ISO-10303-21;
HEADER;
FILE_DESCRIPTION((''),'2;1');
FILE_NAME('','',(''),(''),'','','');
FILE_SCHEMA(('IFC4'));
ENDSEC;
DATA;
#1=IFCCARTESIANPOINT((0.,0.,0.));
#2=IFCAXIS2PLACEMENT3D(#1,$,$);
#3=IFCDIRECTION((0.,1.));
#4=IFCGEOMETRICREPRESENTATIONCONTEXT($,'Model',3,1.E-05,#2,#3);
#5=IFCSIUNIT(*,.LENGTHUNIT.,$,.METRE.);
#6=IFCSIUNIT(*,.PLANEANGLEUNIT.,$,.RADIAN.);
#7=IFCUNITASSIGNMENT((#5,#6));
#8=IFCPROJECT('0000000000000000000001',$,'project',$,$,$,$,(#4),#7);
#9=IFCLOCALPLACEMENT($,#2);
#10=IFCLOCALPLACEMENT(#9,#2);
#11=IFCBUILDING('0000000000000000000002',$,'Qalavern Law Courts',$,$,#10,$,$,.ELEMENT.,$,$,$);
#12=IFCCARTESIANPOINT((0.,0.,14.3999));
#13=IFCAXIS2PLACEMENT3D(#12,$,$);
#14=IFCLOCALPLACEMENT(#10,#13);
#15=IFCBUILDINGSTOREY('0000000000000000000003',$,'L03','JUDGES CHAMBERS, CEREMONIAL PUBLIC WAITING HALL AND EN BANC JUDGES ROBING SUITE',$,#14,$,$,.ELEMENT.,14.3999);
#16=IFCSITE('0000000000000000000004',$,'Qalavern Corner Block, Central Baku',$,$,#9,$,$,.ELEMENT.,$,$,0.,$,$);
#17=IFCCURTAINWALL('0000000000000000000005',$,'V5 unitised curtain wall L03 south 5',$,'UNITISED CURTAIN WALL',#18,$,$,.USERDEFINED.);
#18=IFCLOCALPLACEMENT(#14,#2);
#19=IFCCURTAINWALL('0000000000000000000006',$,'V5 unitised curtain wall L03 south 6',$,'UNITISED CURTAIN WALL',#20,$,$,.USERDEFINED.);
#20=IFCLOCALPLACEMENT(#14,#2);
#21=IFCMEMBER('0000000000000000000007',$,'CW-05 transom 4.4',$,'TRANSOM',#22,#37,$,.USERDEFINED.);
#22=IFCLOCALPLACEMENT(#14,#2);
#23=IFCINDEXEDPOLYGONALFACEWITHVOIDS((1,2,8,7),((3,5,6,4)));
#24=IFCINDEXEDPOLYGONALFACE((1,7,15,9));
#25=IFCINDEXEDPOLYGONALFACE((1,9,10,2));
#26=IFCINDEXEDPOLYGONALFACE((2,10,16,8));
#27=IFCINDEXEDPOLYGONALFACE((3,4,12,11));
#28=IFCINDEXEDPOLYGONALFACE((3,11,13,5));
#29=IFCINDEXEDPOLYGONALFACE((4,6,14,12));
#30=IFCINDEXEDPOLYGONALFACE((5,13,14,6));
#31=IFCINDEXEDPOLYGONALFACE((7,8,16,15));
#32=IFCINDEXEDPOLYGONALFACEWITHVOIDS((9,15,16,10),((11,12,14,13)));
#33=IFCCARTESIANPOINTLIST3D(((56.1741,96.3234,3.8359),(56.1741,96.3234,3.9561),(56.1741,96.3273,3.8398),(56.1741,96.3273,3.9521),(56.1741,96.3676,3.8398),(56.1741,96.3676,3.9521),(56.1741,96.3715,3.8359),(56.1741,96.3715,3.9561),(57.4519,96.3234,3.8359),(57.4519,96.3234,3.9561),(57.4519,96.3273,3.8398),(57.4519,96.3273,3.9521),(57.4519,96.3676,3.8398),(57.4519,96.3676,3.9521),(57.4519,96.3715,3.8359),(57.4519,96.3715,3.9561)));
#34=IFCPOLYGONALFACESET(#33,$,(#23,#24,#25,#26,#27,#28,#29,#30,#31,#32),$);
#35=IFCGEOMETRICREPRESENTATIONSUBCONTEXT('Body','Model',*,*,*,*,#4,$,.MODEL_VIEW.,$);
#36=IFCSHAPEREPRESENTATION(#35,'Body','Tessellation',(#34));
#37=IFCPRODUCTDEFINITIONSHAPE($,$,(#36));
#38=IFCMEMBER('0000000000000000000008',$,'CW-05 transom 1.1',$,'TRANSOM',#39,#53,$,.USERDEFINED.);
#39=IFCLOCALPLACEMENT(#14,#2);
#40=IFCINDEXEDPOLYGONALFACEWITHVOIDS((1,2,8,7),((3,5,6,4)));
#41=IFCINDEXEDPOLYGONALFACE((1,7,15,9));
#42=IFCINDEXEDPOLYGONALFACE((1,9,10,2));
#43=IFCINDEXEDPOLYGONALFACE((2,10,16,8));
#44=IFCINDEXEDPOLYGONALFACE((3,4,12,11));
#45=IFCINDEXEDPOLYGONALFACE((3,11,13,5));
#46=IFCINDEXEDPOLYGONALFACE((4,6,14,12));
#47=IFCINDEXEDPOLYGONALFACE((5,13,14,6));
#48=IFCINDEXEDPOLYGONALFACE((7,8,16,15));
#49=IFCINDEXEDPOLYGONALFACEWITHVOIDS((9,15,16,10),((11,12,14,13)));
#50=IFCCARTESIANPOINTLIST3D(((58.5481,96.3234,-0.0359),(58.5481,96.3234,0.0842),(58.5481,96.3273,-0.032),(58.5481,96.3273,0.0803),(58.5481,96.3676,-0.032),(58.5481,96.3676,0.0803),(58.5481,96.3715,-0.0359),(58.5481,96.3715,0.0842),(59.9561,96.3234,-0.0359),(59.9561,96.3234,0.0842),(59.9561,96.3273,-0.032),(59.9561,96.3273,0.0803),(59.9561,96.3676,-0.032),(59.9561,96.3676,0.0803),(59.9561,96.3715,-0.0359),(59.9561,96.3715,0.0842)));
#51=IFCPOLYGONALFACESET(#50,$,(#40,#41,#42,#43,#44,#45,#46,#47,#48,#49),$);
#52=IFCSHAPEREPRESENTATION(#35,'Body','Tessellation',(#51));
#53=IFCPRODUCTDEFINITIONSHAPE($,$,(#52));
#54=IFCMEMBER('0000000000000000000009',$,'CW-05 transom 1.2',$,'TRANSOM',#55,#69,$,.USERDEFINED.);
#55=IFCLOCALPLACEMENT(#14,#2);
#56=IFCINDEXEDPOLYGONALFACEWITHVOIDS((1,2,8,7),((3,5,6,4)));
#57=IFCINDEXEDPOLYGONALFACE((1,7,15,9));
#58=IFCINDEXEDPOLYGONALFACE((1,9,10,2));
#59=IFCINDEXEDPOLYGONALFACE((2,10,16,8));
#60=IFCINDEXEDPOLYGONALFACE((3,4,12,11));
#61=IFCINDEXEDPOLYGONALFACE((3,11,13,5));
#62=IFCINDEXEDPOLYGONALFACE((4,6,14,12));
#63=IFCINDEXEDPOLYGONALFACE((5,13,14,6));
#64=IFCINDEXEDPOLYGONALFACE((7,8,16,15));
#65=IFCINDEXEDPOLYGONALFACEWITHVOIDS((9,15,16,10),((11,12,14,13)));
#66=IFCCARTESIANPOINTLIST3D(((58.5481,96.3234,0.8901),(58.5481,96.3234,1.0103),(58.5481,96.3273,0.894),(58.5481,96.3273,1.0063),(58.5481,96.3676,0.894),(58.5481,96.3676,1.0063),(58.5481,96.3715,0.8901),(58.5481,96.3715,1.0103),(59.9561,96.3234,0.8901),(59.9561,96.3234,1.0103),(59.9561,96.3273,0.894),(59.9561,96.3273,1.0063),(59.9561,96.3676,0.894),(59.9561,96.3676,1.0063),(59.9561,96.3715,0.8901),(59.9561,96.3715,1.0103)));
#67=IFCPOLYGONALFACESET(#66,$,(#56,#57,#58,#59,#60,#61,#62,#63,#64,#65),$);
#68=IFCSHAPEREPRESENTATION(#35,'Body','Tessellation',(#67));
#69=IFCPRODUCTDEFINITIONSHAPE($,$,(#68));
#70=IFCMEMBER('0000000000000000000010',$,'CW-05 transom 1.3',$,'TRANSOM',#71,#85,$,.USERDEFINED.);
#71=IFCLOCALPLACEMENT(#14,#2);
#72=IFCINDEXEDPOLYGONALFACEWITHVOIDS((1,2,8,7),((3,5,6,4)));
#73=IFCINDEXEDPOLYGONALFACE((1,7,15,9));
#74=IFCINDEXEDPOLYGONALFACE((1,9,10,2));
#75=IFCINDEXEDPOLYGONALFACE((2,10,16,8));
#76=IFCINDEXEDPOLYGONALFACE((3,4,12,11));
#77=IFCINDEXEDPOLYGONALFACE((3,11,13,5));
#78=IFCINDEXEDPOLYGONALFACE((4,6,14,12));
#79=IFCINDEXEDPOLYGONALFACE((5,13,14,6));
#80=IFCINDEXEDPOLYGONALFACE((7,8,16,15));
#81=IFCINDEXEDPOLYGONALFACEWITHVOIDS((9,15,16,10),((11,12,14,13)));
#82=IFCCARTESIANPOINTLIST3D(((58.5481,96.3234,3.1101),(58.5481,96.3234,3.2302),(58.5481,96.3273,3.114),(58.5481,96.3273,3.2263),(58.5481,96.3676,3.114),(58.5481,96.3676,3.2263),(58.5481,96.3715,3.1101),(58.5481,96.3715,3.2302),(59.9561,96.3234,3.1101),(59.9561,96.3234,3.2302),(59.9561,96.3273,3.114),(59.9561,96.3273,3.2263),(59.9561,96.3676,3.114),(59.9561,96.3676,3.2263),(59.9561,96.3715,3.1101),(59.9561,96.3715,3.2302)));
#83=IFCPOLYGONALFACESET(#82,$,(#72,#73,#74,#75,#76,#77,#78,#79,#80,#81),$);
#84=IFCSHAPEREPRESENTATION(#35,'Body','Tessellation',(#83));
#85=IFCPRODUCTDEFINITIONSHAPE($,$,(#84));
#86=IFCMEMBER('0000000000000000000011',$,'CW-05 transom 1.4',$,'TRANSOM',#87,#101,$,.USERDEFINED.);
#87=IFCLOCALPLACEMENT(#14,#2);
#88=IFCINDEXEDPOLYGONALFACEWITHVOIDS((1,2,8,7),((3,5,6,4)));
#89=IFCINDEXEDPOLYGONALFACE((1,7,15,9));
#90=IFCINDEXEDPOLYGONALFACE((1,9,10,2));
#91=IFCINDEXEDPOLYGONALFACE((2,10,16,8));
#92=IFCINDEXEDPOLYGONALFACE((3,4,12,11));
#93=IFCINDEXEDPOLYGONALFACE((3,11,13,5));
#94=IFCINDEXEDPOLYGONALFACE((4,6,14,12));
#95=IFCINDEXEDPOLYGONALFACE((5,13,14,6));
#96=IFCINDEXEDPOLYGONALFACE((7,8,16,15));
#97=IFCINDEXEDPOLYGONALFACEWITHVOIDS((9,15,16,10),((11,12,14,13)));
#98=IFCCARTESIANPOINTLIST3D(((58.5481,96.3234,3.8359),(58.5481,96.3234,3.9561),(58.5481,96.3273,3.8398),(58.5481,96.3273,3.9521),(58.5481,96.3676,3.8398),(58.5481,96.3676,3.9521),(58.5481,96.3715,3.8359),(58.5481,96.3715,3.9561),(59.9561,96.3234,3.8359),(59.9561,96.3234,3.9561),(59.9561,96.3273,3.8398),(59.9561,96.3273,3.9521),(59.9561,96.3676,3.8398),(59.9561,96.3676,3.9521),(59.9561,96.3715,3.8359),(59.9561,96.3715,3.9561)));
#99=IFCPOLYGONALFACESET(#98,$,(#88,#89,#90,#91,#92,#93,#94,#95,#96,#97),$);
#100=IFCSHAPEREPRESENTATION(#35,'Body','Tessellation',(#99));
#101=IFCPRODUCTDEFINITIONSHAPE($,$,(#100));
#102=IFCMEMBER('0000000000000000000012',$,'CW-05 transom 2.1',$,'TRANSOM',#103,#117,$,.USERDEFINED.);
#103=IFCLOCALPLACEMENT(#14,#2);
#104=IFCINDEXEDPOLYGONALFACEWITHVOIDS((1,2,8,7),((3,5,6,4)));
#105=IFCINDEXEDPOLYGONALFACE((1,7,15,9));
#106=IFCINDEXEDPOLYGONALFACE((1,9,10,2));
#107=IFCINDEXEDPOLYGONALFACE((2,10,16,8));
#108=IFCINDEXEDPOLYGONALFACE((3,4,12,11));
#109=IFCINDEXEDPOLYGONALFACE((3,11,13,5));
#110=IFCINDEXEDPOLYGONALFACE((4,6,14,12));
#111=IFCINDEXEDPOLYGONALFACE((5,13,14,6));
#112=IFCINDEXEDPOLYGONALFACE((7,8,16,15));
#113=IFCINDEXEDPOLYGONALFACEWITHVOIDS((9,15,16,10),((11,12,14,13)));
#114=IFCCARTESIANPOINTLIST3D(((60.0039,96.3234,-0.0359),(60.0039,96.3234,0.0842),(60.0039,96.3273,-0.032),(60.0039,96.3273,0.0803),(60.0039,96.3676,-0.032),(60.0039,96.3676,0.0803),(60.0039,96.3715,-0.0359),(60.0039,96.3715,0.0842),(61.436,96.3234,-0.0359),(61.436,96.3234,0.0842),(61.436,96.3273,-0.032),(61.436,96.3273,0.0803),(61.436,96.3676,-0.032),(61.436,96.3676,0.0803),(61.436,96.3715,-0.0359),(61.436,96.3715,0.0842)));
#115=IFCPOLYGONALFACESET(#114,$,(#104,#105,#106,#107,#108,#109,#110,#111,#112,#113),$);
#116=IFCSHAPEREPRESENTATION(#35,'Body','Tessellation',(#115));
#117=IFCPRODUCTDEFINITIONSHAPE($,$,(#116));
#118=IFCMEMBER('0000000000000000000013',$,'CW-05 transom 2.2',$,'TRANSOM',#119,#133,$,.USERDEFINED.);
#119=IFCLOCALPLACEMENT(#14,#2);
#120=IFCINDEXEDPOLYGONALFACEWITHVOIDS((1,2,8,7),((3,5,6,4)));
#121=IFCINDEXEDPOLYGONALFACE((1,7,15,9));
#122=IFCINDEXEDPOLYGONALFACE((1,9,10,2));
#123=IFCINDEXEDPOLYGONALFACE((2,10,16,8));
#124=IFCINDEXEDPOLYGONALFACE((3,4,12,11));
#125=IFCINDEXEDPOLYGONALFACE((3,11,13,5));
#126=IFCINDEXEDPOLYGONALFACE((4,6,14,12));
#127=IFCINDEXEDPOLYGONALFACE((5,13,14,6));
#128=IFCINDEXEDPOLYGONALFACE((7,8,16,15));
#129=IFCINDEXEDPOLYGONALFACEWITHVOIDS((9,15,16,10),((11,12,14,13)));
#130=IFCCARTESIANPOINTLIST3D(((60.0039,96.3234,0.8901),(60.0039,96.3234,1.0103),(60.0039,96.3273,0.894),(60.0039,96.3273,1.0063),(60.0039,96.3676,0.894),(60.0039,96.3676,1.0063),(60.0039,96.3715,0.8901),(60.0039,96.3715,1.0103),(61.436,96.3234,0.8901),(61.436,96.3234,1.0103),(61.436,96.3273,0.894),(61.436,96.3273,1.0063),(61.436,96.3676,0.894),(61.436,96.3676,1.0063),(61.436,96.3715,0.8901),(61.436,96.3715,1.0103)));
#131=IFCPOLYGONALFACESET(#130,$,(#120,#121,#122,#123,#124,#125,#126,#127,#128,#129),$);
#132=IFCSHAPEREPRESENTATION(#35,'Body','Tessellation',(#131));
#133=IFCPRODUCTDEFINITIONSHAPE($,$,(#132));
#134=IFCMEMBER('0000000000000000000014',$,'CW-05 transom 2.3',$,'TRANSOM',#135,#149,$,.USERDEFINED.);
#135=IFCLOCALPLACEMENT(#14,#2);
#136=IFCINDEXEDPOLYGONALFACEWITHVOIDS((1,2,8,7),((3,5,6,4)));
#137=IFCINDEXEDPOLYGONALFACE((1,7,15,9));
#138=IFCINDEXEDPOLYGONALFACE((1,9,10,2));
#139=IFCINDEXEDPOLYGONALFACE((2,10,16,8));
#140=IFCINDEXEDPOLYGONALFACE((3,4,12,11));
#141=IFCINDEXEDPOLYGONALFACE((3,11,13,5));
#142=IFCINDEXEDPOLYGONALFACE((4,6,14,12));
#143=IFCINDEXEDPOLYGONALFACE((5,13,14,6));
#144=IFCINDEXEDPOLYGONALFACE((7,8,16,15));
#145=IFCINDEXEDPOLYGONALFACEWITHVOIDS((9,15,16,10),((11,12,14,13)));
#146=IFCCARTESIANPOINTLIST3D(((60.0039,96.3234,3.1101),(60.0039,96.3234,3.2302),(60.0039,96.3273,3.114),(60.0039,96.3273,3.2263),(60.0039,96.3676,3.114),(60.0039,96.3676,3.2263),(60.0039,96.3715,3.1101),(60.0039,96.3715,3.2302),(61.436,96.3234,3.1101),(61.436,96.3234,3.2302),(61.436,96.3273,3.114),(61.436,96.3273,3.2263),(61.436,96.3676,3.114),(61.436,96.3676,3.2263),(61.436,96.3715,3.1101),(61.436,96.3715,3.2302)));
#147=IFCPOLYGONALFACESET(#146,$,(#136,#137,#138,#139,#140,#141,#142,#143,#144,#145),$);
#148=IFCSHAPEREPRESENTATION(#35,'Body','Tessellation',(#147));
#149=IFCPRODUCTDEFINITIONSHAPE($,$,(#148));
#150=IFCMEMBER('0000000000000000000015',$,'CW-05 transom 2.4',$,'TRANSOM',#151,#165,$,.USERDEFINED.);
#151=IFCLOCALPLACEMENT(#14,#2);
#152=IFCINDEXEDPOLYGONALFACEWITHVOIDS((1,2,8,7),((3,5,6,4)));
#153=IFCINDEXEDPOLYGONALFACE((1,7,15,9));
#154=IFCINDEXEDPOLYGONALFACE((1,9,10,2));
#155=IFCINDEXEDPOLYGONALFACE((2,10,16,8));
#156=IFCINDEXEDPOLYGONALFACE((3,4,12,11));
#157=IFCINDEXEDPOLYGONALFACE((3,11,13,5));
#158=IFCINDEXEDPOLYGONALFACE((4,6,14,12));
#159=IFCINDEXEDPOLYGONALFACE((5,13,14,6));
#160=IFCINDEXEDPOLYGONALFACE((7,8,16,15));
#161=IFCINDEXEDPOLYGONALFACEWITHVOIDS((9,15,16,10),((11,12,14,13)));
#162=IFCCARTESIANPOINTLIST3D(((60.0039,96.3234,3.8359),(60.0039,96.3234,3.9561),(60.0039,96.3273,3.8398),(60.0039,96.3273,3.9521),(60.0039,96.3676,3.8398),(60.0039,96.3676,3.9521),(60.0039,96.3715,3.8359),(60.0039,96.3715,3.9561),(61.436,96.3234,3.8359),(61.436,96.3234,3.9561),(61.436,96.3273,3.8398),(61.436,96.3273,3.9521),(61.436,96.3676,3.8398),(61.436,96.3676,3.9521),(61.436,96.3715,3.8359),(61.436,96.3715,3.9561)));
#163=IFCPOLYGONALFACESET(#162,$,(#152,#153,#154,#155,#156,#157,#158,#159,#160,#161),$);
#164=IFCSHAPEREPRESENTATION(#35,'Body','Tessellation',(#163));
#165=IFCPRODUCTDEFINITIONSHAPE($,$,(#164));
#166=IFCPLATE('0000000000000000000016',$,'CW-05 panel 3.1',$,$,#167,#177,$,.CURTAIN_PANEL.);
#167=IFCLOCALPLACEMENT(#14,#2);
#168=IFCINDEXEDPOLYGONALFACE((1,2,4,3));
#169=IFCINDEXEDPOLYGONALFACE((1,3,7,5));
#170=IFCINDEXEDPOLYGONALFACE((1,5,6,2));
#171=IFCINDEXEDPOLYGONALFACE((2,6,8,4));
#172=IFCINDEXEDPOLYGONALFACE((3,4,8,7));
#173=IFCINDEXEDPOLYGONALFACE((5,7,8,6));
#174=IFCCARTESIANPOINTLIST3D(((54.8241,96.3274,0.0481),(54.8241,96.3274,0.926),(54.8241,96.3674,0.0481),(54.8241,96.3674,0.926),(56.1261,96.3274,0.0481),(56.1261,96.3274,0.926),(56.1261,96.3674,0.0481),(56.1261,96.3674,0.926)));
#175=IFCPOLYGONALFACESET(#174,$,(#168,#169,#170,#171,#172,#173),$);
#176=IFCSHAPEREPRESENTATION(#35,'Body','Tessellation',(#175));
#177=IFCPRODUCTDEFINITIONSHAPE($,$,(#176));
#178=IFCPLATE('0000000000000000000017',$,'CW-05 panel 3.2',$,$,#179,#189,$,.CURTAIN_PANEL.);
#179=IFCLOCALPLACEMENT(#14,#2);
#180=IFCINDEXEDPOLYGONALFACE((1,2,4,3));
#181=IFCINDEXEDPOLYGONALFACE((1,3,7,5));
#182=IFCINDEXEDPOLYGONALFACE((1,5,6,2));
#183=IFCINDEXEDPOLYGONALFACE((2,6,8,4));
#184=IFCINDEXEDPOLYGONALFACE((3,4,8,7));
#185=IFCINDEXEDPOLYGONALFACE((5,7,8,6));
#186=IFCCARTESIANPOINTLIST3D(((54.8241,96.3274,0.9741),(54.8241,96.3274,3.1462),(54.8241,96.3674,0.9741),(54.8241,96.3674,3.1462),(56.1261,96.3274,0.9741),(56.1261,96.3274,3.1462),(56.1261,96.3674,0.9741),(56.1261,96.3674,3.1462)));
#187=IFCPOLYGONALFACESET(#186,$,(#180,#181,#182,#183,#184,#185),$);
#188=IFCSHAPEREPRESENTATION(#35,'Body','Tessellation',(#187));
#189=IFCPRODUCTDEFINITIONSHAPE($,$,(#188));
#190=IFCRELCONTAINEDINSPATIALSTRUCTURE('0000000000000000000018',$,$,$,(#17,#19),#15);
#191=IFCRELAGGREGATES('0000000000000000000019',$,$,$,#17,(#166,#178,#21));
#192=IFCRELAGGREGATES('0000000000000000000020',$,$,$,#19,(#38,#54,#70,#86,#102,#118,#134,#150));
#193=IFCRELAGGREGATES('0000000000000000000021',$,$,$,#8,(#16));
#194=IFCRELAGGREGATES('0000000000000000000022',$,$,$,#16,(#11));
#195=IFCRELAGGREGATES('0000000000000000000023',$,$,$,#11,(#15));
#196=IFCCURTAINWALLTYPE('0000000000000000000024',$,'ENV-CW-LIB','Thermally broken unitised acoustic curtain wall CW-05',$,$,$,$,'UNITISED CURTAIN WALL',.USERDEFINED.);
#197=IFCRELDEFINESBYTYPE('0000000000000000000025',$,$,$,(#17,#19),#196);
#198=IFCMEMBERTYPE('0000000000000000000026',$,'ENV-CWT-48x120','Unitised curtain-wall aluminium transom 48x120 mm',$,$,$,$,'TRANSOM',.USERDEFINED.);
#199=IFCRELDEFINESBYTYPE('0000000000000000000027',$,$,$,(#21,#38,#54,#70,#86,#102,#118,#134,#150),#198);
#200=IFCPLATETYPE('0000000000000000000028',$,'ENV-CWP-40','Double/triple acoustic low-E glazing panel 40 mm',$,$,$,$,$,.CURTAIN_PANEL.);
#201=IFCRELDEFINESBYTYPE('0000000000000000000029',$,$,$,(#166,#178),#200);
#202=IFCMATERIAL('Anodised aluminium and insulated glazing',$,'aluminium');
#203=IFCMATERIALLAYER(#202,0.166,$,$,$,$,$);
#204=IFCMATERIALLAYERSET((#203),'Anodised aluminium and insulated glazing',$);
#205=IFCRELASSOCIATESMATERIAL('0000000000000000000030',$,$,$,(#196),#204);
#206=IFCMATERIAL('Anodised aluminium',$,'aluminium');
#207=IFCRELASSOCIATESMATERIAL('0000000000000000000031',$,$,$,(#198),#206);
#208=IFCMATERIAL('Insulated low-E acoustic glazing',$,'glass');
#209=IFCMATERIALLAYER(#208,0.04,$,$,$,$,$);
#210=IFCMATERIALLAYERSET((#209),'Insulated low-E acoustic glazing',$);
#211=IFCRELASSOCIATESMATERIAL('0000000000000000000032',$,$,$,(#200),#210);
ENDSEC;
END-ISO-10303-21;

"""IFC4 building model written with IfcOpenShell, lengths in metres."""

from ifc_helpers import new_model, si_unit, direction, frame, origin, origin_2d, place, context, subcontext, project, spatial, rectangle, hollow_rectangle, extrude, material, layer, layer_set, material_profile, profile_set, type_object, element, aggregate, save


model = new_model("IFC4")

# Units and contexts
model_context = context("Model", 3, precision=1e-05, world=origin(), true_north=direction((0.0, 1.0)))
body_context = subcontext(model_context, "Body", "Model", "MODEL_VIEW")
ifc_project = project(units=[si_unit("LENGTHUNIT", "METRE"), si_unit("PLANEANGLEUNIT", "RADIAN")], contexts=[model_context])

# Site, building, storey
site_placement = place(None, origin())
site = spatial("IfcSite", under=ifc_project, at=site_placement, Name="Qalavern Corner Block, Central Baku", CompositionType="ELEMENT", RefElevation=0.0)
building_placement = place(site_placement, origin())
building = spatial("IfcBuilding", under=site, at=building_placement, Name="Qalavern Law Courts", CompositionType="ELEMENT")
storey_placement = place(building_placement, frame((0.0, 0.0, 14.3999)))
storey = spatial("IfcBuildingStorey", under=building, at=storey_placement, Name="L03", Description="JUDGES CHAMBERS, CEREMONIAL PUBLIC WAITING HALL AND EN BANC JUDGES ROBING SUITE", CompositionType="ELEMENT", Elevation=14.3999)

# Curtain walls
ifc_material_1 = material(Name="Anodised aluminium and insulated glazing", Category="aluminium")
ifc_layer_1 = layer(ifc_material_1, 0.166)
ifc_layer_set_1 = layer_set([ifc_layer_1], Name="Anodised aluminium and insulated glazing")
curtain_wall_type = type_object("IfcCurtainWallType", Name="ENV-CW-LIB", Description="Thermally broken unitised acoustic curtain wall CW-05", ElementType="UNITISED CURTAIN WALL", PredefinedType="USERDEFINED", material=ifc_layer_set_1)
curtain_wall_1_placement = place(storey_placement, origin())
curtain_wall_1 = element("IfcCurtainWall", 1, at=curtain_wall_1_placement, inside=storey, type_object=curtain_wall_type, Name="V5 unitised curtain wall L03 south 5", ObjectType="UNITISED CURTAIN WALL", PredefinedType="USERDEFINED")
ifc_material_2 = material(Name="Anodised aluminium", Category="aluminium")
curtain_wall_2_placement = place(storey_placement, origin())
curtain_wall_2 = element("IfcCurtainWall", 2, at=curtain_wall_2_placement, inside=storey, type_object=curtain_wall_type, Name="V5 unitised curtain wall L03 south 6", ObjectType="UNITISED CURTAIN WALL", PredefinedType="USERDEFINED")

# Members
ifc_material_profile_1 = material_profile(ifc_material_2, hollow_rectangle(XDim=0.0481, YDim=0.1201, WallThickness=0.0039, at=origin_2d()), Name="ALU TRANSOM 48x120")
ifc_profile_set_1 = profile_set([ifc_material_profile_1], Name="Anodised aluminium")
member_type_1 = type_object("IfcMemberType", Name="ENV-CWT-48x120", Description="Unitised curtain-wall aluminium transom 48x120 mm", ElementType="TRANSOM", PredefinedType="USERDEFINED", material=ifc_profile_set_1)
member_1_placement = place(storey_placement, frame((56.1741, 96.3474, 3.896), z_axis=(1.0, 0.0, 0.0), x_axis=(0.0, 1.0, 0.0)))
member_1 = element("IfcMember", 3, at=member_1_placement, type_object=member_type_1, Name="CW-05 transom 4.4", ObjectType="TRANSOM", PredefinedType="USERDEFINED", context=body_context, shape_type="SweptSolid", body=[
    extrude(hollow_rectangle(XDim=0.0481, YDim=0.1201, WallThickness=0.0039, at=origin_2d()), origin(), (0.0, 0.0, 1.0), 1.2778),
])
member_2_placement = place(storey_placement, frame((58.5481, 96.3474, 0.0242), z_axis=(1.0, 0.0, 0.0), x_axis=(0.0, 1.0, 0.0)))
member_2 = element("IfcMember", 4, at=member_2_placement, type_object=member_type_1, Name="CW-05 transom 1.1", ObjectType="TRANSOM", PredefinedType="USERDEFINED", context=body_context, shape_type="SweptSolid", body=[
    extrude(hollow_rectangle(XDim=0.0481, YDim=0.1201, WallThickness=0.0039, at=origin_2d()), origin(), (0.0, 0.0, 1.0), 1.408),
])
member_3_placement = place(storey_placement, frame((58.5481, 96.3474, 0.9502), z_axis=(1.0, 0.0, 0.0), x_axis=(0.0, 1.0, 0.0)))
member_3 = element("IfcMember", 5, at=member_3_placement, type_object=member_type_1, Name="CW-05 transom 1.2", ObjectType="TRANSOM", PredefinedType="USERDEFINED", context=body_context, shape_type="SweptSolid", body=[
    extrude(hollow_rectangle(XDim=0.0481, YDim=0.1201, WallThickness=0.0039, at=origin_2d()), origin(), (0.0, 0.0, 1.0), 1.408),
])
member_4_placement = place(storey_placement, frame((58.5481, 96.3474, 3.1702), z_axis=(1.0, 0.0, 0.0), x_axis=(0.0, 1.0, 0.0)))
member_4 = element("IfcMember", 6, at=member_4_placement, type_object=member_type_1, Name="CW-05 transom 1.3", ObjectType="TRANSOM", PredefinedType="USERDEFINED", context=body_context, shape_type="SweptSolid", body=[
    extrude(hollow_rectangle(XDim=0.0481, YDim=0.1201, WallThickness=0.0039, at=origin_2d()), origin(), (0.0, 0.0, 1.0), 1.408),
])
member_5_placement = place(storey_placement, frame((58.5481, 96.3474, 3.896), z_axis=(1.0, 0.0, 0.0), x_axis=(0.0, 1.0, 0.0)))
member_5 = element("IfcMember", 7, at=member_5_placement, type_object=member_type_1, Name="CW-05 transom 1.4", ObjectType="TRANSOM", PredefinedType="USERDEFINED", context=body_context, shape_type="SweptSolid", body=[
    extrude(hollow_rectangle(XDim=0.0481, YDim=0.1201, WallThickness=0.0039, at=origin_2d()), origin(), (0.0, 0.0, 1.0), 1.408),
])
member_6_placement = place(storey_placement, frame((60.0039, 96.3474, 0.0242), z_axis=(1.0, 0.0, 0.0), x_axis=(0.0, 1.0, 0.0)))
member_6 = element("IfcMember", 8, at=member_6_placement, type_object=member_type_1, Name="CW-05 transom 2.1", ObjectType="TRANSOM", PredefinedType="USERDEFINED", context=body_context, shape_type="SweptSolid", body=[
    extrude(hollow_rectangle(XDim=0.0481, YDim=0.1201, WallThickness=0.0039, at=origin_2d()), origin(), (0.0, 0.0, 1.0), 1.4321),
])
member_7_placement = place(storey_placement, frame((60.0039, 96.3474, 0.9502), z_axis=(1.0, 0.0, 0.0), x_axis=(0.0, 1.0, 0.0)))
member_7 = element("IfcMember", 9, at=member_7_placement, type_object=member_type_1, Name="CW-05 transom 2.2", ObjectType="TRANSOM", PredefinedType="USERDEFINED", context=body_context, shape_type="SweptSolid", body=[
    extrude(hollow_rectangle(XDim=0.0481, YDim=0.1201, WallThickness=0.0039, at=origin_2d()), origin(), (0.0, 0.0, 1.0), 1.4321),
])
member_8_placement = place(storey_placement, frame((60.0039, 96.3474, 3.1702), z_axis=(1.0, 0.0, 0.0), x_axis=(0.0, 1.0, 0.0)))
member_8 = element("IfcMember", 10, at=member_8_placement, type_object=member_type_1, Name="CW-05 transom 2.3", ObjectType="TRANSOM", PredefinedType="USERDEFINED", context=body_context, shape_type="SweptSolid", body=[
    extrude(hollow_rectangle(XDim=0.0481, YDim=0.1201, WallThickness=0.0039, at=origin_2d()), origin(), (0.0, 0.0, 1.0), 1.4321),
])
member_9_placement = place(storey_placement, frame((60.0039, 96.3474, 3.896), z_axis=(1.0, 0.0, 0.0), x_axis=(0.0, 1.0, 0.0)))
member_9 = element("IfcMember", 11, at=member_9_placement, type_object=member_type_1, Name="CW-05 transom 2.4", ObjectType="TRANSOM", PredefinedType="USERDEFINED", context=body_context, shape_type="SweptSolid", body=[
    extrude(hollow_rectangle(XDim=0.0481, YDim=0.1201, WallThickness=0.0039, at=origin_2d()), origin(), (0.0, 0.0, 1.0), 1.4321),
])

# Plates
ifc_material_3 = material(Name="Insulated low-E acoustic glazing", Category="glass")
ifc_layer_2 = layer(ifc_material_3, 0.04)
ifc_layer_set_2 = layer_set([ifc_layer_2], Name="Insulated low-E acoustic glazing")
plate_type_1 = type_object("IfcPlateType", Name="ENV-CWP-40", Description="Double/triple acoustic low-E glazing panel 40 mm", PredefinedType="CURTAIN_PANEL", material=ifc_layer_set_2)
plate_1_placement = place(storey_placement, frame((55.4751, 96.3474, 0.0481), z_axis=(0.0, 0.0, 1.0), x_axis=(1.0, 0.0, 0.0)))
plate_1 = element("IfcPlate", 12, at=plate_1_placement, type_object=plate_type_1, Name="CW-05 panel 3.1", PredefinedType="CURTAIN_PANEL", context=body_context, shape_type="SweptSolid", body=[
    extrude(rectangle(XDim=1.302, YDim=0.04, at=origin_2d()), origin(), (0.0, 0.0, 1.0), 0.8779),
])
plate_2_placement = place(storey_placement, frame((55.4751, 96.3474, 0.9741), z_axis=(0.0, 0.0, 1.0), x_axis=(1.0, 0.0, 0.0)))
plate_2 = element("IfcPlate", 13, at=plate_2_placement, type_object=plate_type_1, Name="CW-05 panel 3.2", PredefinedType="CURTAIN_PANEL", context=body_context, shape_type="SweptSolid", body=[
    extrude(rectangle(XDim=1.302, YDim=0.04, at=origin_2d()), origin(), (0.0, 0.0, 1.0), 2.1721),
])
aggregate(curtain_wall_1, [plate_1, plate_2, member_1])
aggregate(curtain_wall_2, [member_2, member_3, member_4, member_5, member_6, member_7, member_8, member_9])

save(model, "model.ifc")
